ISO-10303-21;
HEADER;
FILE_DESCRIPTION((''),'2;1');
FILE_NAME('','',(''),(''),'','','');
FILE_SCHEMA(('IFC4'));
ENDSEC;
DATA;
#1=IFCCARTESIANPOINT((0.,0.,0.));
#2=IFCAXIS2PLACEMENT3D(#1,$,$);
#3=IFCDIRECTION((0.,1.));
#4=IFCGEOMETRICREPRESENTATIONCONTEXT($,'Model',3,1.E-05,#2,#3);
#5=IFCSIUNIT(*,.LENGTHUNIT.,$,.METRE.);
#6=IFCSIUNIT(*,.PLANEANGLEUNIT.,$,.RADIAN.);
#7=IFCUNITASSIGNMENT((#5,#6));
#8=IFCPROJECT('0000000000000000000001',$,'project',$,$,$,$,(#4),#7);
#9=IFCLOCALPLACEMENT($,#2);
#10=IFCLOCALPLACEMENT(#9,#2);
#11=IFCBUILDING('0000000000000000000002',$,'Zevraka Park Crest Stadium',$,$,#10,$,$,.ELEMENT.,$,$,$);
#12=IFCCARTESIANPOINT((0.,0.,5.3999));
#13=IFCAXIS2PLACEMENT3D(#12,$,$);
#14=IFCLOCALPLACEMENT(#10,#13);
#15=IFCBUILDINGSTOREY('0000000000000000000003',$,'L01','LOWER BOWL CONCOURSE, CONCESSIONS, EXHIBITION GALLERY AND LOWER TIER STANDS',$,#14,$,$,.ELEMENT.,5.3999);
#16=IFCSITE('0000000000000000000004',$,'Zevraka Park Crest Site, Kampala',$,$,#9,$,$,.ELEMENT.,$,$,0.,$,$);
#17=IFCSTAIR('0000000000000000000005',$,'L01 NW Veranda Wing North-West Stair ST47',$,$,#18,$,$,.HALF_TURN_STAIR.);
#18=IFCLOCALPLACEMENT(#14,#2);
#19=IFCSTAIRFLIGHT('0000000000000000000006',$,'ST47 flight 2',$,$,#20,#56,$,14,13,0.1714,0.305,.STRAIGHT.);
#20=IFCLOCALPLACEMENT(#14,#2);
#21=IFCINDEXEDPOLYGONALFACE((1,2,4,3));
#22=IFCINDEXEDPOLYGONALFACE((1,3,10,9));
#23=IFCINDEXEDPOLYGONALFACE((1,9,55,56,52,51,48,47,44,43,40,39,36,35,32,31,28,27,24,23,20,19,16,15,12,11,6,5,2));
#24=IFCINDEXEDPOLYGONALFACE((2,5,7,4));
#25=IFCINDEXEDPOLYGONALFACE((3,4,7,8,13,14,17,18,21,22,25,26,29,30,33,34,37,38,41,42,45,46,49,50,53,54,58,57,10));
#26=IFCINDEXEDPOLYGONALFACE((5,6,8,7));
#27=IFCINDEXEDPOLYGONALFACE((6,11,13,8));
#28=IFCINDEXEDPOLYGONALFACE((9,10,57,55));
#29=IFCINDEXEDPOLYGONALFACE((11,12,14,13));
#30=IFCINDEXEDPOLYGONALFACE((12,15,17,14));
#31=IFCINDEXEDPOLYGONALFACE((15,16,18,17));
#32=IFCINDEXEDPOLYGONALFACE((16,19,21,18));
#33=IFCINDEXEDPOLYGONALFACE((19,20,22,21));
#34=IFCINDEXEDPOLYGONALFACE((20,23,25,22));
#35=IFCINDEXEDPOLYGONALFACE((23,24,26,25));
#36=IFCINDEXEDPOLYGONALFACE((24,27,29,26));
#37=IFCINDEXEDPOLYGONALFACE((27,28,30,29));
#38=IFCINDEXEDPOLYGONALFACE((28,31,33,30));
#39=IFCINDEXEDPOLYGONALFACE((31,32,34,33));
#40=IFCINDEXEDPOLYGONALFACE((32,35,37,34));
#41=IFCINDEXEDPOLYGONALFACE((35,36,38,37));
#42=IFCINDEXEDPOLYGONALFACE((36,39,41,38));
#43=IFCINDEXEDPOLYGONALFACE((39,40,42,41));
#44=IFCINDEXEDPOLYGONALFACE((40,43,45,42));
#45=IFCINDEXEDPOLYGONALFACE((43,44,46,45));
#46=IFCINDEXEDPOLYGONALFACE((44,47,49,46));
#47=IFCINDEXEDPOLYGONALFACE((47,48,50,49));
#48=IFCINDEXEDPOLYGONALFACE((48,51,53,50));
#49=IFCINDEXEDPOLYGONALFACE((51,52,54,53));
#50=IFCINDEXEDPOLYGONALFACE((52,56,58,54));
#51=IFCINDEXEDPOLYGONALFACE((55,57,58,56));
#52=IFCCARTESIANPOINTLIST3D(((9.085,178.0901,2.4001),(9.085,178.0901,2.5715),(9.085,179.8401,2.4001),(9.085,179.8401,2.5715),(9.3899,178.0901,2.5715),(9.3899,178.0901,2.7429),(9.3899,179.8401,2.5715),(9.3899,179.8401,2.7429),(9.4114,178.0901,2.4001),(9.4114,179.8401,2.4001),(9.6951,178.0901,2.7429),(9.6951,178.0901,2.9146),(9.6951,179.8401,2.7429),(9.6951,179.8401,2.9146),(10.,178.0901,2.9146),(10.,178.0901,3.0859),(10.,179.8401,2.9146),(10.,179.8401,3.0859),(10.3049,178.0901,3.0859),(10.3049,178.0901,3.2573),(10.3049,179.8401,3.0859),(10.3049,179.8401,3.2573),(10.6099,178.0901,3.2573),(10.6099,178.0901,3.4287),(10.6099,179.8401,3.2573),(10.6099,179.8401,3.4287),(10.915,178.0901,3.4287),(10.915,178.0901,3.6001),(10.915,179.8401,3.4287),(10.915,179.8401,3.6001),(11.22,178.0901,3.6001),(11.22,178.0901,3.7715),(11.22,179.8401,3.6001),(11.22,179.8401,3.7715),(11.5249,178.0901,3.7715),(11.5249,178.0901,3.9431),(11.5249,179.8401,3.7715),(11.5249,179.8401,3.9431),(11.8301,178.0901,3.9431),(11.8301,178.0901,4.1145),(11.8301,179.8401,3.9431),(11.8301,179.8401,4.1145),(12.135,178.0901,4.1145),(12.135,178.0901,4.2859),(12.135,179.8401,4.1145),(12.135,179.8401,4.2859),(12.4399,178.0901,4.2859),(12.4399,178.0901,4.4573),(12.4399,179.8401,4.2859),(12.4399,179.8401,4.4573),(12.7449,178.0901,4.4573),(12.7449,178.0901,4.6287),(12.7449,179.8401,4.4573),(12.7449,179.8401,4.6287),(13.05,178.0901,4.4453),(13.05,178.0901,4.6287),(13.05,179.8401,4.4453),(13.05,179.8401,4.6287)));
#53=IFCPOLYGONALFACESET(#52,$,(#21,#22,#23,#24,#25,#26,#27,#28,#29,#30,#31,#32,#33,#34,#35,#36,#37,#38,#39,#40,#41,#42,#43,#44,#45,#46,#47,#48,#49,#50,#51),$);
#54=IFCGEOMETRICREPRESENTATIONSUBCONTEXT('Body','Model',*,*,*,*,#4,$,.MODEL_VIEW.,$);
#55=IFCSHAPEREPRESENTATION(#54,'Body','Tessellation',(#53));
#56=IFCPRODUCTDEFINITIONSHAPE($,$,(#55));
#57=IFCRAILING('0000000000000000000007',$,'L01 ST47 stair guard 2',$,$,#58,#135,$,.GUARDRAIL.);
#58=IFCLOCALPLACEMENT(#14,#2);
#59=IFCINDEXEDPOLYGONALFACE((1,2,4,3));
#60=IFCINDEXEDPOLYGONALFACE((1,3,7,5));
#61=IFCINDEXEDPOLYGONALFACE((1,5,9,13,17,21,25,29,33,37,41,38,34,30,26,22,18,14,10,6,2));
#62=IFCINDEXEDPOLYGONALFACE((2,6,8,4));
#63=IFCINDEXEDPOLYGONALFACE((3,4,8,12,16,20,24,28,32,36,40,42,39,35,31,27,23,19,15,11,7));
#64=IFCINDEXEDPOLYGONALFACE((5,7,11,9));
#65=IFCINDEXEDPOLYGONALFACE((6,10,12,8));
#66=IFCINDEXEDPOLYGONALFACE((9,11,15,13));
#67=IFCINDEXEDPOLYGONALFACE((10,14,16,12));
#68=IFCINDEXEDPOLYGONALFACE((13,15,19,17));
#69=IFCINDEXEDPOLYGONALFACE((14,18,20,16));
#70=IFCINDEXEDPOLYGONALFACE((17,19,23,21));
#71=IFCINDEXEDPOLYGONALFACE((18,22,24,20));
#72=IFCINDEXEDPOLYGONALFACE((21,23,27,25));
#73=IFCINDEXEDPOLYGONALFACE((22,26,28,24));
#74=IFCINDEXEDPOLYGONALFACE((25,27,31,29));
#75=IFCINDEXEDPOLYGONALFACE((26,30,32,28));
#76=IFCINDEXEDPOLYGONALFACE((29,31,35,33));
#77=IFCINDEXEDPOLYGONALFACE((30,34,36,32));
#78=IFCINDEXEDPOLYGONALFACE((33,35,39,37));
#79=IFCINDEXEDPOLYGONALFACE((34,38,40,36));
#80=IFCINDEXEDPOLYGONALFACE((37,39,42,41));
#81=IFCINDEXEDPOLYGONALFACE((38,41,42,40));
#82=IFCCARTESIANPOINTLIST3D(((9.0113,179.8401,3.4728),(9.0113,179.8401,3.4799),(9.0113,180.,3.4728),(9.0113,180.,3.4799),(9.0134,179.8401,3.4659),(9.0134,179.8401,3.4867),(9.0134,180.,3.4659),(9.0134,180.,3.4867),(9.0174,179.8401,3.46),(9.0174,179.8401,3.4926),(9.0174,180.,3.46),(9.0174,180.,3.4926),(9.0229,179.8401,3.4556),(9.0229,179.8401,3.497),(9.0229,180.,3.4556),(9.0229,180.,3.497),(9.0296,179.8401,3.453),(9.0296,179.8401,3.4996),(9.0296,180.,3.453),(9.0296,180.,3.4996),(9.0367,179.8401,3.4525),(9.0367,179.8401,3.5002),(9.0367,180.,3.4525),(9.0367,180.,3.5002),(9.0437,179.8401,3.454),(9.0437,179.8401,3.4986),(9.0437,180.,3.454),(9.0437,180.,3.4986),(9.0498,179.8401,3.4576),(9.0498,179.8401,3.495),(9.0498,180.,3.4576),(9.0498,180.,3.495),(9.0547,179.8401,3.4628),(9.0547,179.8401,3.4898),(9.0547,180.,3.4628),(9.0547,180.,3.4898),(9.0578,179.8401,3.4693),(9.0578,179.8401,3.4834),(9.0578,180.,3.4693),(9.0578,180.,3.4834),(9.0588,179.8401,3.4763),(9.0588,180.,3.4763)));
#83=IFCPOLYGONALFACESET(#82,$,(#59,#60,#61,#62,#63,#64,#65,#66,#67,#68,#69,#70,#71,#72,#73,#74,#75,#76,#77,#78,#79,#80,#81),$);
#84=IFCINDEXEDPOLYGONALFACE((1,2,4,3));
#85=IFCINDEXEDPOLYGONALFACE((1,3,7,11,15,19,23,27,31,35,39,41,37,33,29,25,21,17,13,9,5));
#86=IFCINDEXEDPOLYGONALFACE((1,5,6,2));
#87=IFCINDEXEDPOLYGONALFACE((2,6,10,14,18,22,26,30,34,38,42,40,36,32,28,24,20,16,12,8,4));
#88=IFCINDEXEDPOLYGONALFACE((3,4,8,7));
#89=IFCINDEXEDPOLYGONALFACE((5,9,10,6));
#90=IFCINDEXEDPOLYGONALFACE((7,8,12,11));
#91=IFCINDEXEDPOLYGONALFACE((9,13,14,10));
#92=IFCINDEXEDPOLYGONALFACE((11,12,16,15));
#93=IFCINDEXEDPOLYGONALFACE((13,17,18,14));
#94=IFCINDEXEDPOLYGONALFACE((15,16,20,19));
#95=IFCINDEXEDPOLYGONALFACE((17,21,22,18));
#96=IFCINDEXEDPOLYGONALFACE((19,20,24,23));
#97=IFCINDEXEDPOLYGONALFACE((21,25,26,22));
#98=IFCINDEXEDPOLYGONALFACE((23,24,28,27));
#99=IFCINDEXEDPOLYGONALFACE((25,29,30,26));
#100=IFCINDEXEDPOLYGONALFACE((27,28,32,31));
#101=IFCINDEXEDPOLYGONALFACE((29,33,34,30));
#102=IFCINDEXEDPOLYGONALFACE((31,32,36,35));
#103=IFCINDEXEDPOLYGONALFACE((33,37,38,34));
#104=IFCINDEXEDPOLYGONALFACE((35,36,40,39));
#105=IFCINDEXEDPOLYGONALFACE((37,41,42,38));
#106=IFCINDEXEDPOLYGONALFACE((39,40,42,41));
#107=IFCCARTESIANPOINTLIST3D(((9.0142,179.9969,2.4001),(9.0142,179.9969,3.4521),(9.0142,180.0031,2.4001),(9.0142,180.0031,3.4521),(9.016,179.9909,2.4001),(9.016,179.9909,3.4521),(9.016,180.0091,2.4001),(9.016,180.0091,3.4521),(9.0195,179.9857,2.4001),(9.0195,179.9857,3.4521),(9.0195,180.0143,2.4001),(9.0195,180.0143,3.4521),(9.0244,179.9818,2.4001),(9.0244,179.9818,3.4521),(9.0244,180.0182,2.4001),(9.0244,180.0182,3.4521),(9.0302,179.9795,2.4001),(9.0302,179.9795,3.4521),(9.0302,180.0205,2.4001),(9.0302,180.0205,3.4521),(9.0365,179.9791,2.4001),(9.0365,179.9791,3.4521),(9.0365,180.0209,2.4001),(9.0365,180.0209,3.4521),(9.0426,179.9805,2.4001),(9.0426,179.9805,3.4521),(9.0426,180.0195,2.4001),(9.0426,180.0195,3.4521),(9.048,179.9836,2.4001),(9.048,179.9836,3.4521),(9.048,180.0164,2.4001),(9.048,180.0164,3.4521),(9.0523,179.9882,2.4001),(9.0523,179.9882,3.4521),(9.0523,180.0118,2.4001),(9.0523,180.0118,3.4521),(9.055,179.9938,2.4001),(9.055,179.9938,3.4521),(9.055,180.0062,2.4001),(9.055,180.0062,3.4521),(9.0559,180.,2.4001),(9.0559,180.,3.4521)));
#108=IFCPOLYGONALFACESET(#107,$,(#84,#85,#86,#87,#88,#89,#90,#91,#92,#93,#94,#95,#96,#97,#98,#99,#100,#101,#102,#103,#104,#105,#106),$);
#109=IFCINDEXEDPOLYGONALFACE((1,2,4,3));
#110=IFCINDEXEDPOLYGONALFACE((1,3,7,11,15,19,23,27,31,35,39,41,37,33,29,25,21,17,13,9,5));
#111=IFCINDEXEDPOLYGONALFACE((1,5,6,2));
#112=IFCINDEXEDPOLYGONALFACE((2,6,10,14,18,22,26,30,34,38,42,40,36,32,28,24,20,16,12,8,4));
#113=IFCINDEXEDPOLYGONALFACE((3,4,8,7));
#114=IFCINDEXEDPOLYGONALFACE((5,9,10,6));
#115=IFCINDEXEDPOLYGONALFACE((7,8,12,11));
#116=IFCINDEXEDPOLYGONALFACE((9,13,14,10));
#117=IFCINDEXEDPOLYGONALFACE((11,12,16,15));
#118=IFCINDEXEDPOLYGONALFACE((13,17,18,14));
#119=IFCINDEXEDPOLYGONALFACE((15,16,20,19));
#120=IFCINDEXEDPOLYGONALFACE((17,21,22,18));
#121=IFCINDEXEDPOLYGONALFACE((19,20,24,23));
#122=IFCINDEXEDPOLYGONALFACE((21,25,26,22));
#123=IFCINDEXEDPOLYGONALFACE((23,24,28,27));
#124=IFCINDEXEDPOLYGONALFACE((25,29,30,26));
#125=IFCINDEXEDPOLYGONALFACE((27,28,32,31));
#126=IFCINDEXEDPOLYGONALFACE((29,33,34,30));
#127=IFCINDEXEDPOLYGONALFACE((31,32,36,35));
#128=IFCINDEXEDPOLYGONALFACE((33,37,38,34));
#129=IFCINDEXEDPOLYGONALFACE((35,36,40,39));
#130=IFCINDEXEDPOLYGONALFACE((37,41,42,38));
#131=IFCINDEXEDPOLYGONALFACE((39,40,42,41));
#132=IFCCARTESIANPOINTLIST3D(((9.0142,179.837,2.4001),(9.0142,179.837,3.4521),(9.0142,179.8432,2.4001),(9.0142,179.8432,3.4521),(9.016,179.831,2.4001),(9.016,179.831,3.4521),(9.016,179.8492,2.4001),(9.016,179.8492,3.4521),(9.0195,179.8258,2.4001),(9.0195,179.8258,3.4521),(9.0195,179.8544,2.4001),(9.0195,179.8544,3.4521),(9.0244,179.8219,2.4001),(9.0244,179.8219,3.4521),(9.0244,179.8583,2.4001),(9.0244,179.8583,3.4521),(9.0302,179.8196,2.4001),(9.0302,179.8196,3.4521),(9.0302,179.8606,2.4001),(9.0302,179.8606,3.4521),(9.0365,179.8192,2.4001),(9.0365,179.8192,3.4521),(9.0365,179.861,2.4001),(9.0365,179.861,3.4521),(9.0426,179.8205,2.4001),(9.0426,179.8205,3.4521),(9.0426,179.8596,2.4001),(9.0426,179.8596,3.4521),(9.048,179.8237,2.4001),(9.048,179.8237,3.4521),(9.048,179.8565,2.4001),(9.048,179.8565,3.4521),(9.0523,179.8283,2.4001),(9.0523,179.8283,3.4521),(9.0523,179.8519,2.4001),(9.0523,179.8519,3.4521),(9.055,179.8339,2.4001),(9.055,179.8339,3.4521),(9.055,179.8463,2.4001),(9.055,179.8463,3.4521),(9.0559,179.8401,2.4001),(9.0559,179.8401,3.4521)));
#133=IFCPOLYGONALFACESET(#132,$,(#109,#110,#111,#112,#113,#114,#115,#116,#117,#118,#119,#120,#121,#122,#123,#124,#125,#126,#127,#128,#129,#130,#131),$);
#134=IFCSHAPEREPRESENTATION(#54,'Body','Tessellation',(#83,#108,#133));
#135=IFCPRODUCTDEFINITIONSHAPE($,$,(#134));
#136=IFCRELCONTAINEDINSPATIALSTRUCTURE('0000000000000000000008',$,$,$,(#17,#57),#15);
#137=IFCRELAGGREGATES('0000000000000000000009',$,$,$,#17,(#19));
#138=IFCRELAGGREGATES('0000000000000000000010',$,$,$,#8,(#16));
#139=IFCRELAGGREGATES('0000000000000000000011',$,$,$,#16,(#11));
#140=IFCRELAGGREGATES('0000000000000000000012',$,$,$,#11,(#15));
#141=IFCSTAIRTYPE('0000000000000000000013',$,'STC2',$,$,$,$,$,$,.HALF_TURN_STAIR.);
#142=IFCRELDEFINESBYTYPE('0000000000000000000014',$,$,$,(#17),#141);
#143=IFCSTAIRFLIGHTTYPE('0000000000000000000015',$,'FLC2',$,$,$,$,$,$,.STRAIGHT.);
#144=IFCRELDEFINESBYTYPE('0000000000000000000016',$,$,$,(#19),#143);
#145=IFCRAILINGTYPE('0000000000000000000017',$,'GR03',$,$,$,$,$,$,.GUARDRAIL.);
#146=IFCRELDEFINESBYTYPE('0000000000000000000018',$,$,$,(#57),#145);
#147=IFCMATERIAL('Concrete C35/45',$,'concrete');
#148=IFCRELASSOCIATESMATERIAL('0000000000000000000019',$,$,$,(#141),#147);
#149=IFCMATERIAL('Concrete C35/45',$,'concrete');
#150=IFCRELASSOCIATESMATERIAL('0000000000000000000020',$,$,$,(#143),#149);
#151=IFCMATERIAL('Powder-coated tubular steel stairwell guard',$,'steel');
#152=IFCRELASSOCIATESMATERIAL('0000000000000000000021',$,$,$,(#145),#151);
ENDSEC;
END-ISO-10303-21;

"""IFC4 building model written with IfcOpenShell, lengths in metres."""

from ifc_helpers import new_model, si_unit, direction, frame, origin, origin_2d, place, context, subcontext, project, spatial, polyline, circle, outline, extrude, material, type_object, element, aggregate, save


model = new_model("IFC4")

# Units and contexts
model_context = context("Model", 3, precision=1e-05, world=origin(), true_north=direction((0.0, 1.0)))
body_context = subcontext(model_context, "Body", "Model", "MODEL_VIEW")
ifc_project = project(units=[si_unit("LENGTHUNIT", "METRE"), si_unit("PLANEANGLEUNIT", "RADIAN")], contexts=[model_context])

# Site, building, storey
site_placement = place(None, origin())
site = spatial("IfcSite", under=ifc_project, at=site_placement, Name="Zevraka Park Crest Site, Kampala", CompositionType="ELEMENT", RefElevation=0.0)
building_placement = place(site_placement, origin())
building = spatial("IfcBuilding", under=site, at=building_placement, Name="Zevraka Park Crest Stadium", CompositionType="ELEMENT")
storey_placement = place(building_placement, frame((0.0, 0.0, 5.3999)))
storey = spatial("IfcBuildingStorey", under=building, at=storey_placement, Name="L01", Description="LOWER BOWL CONCOURSE, CONCESSIONS, EXHIBITION GALLERY AND LOWER TIER STANDS", CompositionType="ELEMENT", Elevation=5.3999)

# Stair, stair flight
ifc_material_1 = material(Name="Concrete C35/45", Category="concrete")
stair_type = type_object("IfcStairType", Name="STC2", PredefinedType="HALF_TURN_STAIR", material=ifc_material_1)
stair_placement = place(storey_placement, origin())
stair = element("IfcStair", 1, at=stair_placement, inside=storey, type_object=stair_type, Name="L01 NW Veranda Wing North-West Stair ST47", PredefinedType="HALF_TURN_STAIR")
ifc_material_2 = material(Name="Concrete C35/45", Category="concrete")
stair_flight_type = type_object("IfcStairFlightType", Name="FLC2", PredefinedType="STRAIGHT", material=ifc_material_2)
stair_flight_placement = place(storey_placement, frame((9.085, 178.9651, 2.4001), z_axis=(0.0, 0.0, 1.0), x_axis=(1.0, 0.0, 0.0)))
stair_flight = element("IfcStairFlight", 2, at=stair_flight_placement, type_object=stair_flight_type, Name="ST47 flight 2", NumberOfRisers=14, NumberOfTreads=13, PredefinedType="STRAIGHT", RiserHeight=0.1714, TreadLength=0.305, context=body_context, shape_type="SweptSolid", body=[
    extrude(outline(polyline([(0.0, 0.0), (0.0, 0.1714), (0.3049, 0.1714), (0.3049, 0.3428), (0.6101, 0.3428), (0.6101, 0.5144), (0.915, 0.5144), (0.915, 0.6858), (1.22, 0.6858), (1.22, 0.8572), (1.5249, 0.8572), (1.5249, 1.0286), (1.8301, 1.0286), (1.8301, 1.2), (2.135, 1.2), (2.135, 1.3713), (2.4399, 1.3713), (2.4399, 1.543), (2.7451, 1.543), (2.7451, 1.7144), (3.05, 1.7144), (3.05, 1.8857), (3.355, 1.8857), (3.355, 2.0571), (3.6599, 2.0571), (3.6599, 2.2285), (3.9651, 2.2285), (3.9651, 2.3999), (3.9651, 2.0452), (0.3264, 0.0), (0.0, 0.0)])), frame((0.0, 0.875, 0.0), z_axis=(0.0, -1.0, 0.0), x_axis=(1.0, 0.0, 0.0)), (0.0, 0.0, 1.0), 1.75),
])
aggregate(stair, [stair_flight])

# Railing
ifc_material_3 = material(Name="Powder-coated tubular steel stairwell guard", Category="steel")
railing_type_1 = type_object("IfcRailingType", Name="GR03", PredefinedType="GUARDRAIL", material=ifc_material_3)
railing_1_placement = place(storey_placement, frame((9.0349, 180.0, 2.4001)))
element("IfcRailing", 3, at=railing_1_placement, inside=storey, type_object=railing_type_1, Name="L01 ST47 stair guard 2", PredefinedType="GUARDRAIL", context=body_context, shape_type="SweptSolid", body=[
    extrude(circle(Radius=0.0239, at=origin_2d()), frame((0.0, 0.0, 1.0762), z_axis=(0.0, -1.0, 0.0), x_axis=(1.0, 0.0, 0.0)), (0.0, 0.0, 1.0), 0.1599),
    extrude(circle(Radius=0.021, at=origin_2d()), origin(), (0.0, 0.0, 1.0), 1.052),
    extrude(circle(Radius=0.021, at=origin_2d()), frame((0.0, -0.1599, 0.0)), (0.0, 0.0, 1.0), 1.052),
])

save(model, "model.ifc")
